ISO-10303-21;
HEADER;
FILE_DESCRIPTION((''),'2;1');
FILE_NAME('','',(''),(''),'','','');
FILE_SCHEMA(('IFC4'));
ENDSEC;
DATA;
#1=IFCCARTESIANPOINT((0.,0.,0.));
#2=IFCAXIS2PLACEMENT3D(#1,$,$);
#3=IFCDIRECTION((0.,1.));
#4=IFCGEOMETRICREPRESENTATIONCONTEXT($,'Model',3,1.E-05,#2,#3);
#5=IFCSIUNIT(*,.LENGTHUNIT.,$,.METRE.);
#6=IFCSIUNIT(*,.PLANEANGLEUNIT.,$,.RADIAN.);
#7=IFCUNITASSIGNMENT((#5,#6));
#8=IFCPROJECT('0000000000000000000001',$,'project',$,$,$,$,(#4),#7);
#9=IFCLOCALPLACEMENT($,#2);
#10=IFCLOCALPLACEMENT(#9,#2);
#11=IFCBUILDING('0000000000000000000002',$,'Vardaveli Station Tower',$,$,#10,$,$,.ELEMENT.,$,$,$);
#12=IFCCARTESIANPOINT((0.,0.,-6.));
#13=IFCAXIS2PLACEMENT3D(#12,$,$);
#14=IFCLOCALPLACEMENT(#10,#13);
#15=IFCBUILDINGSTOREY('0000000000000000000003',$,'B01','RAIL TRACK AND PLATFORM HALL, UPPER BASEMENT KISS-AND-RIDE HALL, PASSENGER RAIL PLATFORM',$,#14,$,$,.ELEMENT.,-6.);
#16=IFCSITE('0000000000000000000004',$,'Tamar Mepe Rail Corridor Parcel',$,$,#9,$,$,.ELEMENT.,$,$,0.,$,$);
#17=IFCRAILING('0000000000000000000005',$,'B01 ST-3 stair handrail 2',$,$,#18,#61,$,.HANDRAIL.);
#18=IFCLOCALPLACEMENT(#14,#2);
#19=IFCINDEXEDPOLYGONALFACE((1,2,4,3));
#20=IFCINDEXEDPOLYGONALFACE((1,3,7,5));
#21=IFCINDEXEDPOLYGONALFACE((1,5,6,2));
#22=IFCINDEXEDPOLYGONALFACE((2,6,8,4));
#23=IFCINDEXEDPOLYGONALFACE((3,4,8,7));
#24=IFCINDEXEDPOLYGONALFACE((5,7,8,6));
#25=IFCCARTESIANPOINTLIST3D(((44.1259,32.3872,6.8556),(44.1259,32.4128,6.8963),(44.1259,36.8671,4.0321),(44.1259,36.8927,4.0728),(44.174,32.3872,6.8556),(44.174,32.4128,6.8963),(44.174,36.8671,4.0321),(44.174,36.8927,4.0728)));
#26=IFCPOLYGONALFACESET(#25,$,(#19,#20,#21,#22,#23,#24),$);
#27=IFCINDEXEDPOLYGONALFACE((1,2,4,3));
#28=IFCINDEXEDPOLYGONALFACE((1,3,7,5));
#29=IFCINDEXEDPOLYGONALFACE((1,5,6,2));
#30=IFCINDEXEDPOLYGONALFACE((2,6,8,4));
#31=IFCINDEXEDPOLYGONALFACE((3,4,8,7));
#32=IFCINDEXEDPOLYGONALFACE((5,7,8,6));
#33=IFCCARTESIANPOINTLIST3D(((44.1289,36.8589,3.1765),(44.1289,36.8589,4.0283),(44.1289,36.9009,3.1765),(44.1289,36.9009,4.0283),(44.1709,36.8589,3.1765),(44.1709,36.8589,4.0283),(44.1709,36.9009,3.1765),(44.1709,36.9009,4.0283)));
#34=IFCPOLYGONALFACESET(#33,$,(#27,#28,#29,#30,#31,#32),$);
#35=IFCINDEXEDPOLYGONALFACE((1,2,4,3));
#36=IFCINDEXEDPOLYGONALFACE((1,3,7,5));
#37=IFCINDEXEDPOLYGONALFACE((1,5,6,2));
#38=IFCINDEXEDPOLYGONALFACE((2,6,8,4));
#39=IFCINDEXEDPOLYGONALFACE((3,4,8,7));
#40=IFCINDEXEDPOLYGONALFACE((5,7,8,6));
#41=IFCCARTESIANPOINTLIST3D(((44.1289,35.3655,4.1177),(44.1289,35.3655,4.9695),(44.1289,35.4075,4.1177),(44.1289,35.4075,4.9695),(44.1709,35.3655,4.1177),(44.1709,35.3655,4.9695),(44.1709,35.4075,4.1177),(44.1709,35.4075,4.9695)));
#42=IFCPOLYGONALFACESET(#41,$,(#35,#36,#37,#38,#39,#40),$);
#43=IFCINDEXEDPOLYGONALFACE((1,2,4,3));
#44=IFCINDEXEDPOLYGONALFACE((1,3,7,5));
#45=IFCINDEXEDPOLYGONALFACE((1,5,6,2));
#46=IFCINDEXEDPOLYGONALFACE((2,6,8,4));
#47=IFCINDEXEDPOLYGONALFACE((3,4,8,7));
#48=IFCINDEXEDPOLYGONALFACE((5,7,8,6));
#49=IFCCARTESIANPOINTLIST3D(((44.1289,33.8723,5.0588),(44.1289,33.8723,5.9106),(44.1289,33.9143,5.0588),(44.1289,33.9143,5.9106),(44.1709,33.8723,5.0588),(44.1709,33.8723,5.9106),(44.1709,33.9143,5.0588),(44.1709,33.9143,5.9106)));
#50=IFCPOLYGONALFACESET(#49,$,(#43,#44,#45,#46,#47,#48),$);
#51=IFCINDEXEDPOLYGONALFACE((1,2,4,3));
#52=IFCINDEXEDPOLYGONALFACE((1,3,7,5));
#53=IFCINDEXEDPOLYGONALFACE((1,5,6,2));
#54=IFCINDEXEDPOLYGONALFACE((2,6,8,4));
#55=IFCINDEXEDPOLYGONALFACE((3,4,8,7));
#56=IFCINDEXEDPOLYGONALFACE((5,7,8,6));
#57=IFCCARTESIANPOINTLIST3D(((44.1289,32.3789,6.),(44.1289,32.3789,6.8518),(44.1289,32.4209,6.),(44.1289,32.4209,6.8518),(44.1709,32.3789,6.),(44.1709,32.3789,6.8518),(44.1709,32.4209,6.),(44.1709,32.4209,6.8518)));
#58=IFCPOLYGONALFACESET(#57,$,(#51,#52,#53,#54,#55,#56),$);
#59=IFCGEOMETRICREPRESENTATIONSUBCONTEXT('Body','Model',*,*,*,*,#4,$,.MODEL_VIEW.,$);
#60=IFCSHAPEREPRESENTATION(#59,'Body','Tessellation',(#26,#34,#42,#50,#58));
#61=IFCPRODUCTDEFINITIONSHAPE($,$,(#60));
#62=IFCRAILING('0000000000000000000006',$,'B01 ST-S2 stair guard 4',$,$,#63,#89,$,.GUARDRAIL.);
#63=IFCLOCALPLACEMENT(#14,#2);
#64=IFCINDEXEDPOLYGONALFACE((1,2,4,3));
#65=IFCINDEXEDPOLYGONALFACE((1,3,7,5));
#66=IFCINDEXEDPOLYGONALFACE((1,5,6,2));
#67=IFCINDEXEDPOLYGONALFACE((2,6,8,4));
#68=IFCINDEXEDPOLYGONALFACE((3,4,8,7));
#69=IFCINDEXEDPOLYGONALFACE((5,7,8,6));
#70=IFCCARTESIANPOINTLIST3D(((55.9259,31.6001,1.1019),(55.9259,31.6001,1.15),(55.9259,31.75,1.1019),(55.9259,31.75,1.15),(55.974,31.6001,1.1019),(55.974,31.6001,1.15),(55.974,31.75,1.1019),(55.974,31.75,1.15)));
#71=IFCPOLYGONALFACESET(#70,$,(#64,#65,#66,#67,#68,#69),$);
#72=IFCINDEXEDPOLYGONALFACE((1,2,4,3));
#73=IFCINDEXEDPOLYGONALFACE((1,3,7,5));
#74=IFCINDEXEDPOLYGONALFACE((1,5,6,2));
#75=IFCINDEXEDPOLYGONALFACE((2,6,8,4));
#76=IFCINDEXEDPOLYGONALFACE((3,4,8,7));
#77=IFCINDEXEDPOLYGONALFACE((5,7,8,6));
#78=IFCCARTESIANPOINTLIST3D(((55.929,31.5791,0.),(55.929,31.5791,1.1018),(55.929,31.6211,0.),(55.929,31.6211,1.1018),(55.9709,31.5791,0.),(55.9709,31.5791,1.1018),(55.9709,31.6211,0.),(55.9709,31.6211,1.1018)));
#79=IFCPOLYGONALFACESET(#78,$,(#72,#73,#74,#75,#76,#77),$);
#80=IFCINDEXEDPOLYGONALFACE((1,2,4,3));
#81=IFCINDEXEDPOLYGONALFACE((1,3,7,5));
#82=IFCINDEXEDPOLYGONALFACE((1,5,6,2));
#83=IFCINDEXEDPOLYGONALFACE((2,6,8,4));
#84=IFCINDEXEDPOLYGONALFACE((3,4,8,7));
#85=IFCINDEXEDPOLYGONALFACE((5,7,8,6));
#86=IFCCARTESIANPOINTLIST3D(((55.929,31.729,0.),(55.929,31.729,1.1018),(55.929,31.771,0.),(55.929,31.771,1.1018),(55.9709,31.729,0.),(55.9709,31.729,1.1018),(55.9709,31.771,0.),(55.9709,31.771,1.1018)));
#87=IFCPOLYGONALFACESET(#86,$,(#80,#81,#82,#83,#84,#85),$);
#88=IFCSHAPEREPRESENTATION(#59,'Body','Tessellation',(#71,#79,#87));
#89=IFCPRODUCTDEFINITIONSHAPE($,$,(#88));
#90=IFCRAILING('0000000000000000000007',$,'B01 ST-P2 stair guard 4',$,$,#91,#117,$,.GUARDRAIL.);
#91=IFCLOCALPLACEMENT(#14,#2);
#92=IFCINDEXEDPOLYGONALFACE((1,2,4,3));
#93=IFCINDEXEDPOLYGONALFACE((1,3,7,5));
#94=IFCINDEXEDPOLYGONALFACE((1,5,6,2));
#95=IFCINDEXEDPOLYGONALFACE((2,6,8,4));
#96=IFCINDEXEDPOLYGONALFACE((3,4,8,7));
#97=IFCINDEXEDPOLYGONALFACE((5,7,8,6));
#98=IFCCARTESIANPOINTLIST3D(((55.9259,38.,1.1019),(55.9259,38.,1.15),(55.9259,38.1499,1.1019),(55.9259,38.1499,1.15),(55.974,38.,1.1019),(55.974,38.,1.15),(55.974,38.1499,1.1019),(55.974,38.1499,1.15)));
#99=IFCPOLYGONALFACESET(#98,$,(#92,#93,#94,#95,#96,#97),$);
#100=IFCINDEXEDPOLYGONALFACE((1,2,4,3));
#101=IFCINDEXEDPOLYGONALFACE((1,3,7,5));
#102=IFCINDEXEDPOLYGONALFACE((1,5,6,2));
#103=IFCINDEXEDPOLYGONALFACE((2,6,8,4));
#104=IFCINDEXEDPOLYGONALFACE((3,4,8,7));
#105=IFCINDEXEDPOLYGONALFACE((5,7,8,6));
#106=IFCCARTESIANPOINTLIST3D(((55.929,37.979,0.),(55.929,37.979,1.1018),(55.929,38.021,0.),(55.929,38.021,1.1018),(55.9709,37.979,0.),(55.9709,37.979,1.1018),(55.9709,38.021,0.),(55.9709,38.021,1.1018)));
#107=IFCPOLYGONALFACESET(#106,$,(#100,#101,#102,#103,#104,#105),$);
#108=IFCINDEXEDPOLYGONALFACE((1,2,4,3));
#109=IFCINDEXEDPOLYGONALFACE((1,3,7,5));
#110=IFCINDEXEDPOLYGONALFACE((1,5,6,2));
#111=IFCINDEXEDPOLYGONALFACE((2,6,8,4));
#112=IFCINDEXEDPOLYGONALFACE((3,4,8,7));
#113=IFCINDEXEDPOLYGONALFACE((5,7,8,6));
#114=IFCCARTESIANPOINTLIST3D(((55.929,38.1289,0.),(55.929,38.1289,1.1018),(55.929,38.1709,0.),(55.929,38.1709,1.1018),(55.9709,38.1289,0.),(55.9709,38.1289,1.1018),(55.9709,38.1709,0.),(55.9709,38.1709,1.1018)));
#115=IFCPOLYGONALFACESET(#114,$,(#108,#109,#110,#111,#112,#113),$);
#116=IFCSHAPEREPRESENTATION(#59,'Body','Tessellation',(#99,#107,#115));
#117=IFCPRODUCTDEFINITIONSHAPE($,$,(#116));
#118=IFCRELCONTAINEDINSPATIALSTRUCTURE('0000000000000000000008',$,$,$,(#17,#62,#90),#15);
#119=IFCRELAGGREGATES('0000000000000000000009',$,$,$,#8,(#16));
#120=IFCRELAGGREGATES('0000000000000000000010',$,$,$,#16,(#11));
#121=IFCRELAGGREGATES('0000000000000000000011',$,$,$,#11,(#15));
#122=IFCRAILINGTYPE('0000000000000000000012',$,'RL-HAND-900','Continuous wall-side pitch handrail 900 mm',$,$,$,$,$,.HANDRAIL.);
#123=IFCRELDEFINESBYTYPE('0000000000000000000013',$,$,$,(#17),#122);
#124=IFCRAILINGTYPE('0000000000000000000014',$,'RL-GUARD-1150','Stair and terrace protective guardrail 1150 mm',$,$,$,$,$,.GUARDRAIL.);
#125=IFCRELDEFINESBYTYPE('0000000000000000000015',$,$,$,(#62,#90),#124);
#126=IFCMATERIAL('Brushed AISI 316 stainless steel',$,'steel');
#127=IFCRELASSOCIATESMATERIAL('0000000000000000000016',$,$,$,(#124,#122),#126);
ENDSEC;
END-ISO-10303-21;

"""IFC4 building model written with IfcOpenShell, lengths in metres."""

from ifc_helpers import new_model, si_unit, direction, frame, origin, origin_2d, place, context, subcontext, project, spatial, rectangle, extrude, source, transform, mapped, material, type_object, element, save


model = new_model("IFC4")

# Units and contexts
model_context = context("Model", 3, precision=1e-05, world=origin(), true_north=direction((0.0, 1.0)))
body_context = subcontext(model_context, "Body", "Model", "MODEL_VIEW")
ifc_project = project(units=[si_unit("LENGTHUNIT", "METRE"), si_unit("PLANEANGLEUNIT", "RADIAN")], contexts=[model_context])

# Site, building, storey
site_placement = place(None, origin())
site = spatial("IfcSite", under=ifc_project, at=site_placement, Name="Tamar Mepe Rail Corridor Parcel", CompositionType="ELEMENT", RefElevation=0.0)
building_placement = place(site_placement, origin())
building = spatial("IfcBuilding", under=site, at=building_placement, Name="Vardaveli Station Tower", CompositionType="ELEMENT")
storey_placement = place(building_placement, frame((0.0, 0.0, -6.0)))
storey = spatial("IfcBuildingStorey", under=building, at=storey_placement, Name="B01", Description="RAIL TRACK AND PLATFORM HALL, UPPER BASEMENT KISS-AND-RIDE HALL, PASSENGER RAIL PLATFORM", CompositionType="ELEMENT", Elevation=-6.0)

# Railings
ifc_material_1 = material(Name="Brushed AISI 316 stainless steel", Category="steel")
railing_type_1 = type_object("IfcRailingType", Name="RL-GUARD-1150", Description="Stair and terrace protective guardrail 1150 mm", PredefinedType="GUARDRAIL", material=ifc_material_1)
railing_type_2 = type_object("IfcRailingType", Name="RL-HAND-900", Description="Continuous wall-side pitch handrail 900 mm", PredefinedType="HANDRAIL", material=ifc_material_1)
shared_shape_1 = source(origin(), body_context, "Body", "SweptSolid", [
    extrude(rectangle(XDim=0.0481, YDim=0.0481, at=origin_2d()), frame((0.0, 0.0, 0.876), z_axis=(0.0, -0.845998, 0.533186), x_axis=(1.0, 0.0, 0.0)), (0.0, 0.0, 1.0), 5.2954),
    extrude(rectangle(XDim=0.042, YDim=0.042, at=origin_2d()), origin(), (0.0, 0.0, 1.0), 0.8518),
    extrude(rectangle(XDim=0.042, YDim=0.042, at=origin_2d()), frame((0.0, -1.4934, 0.9412)), (0.0, 0.0, 1.0), 0.8518),
    extrude(rectangle(XDim=0.042, YDim=0.042, at=origin_2d()), frame((0.0, -2.9866, 1.8823)), (0.0, 0.0, 1.0), 0.8518),
    extrude(rectangle(XDim=0.042, YDim=0.042, at=origin_2d()), frame((0.0, -4.48, 2.8235)), (0.0, 0.0, 1.0), 0.8518),
])
railing_1_placement = place(storey_placement, frame((44.1499, 36.8799, 3.1765)))
element("IfcRailing", 1, at=railing_1_placement, inside=storey, type_object=railing_type_2, Name="B01 ST-3 stair handrail 2", PredefinedType="HANDRAIL", context=body_context, shape_type="MappedRepresentation", body=[
    mapped(shared_shape_1, transform((0.0, 0.0, 0.0), scale=1.0)),
])
shared_shape_2 = source(origin(), body_context, "Body", "SweptSolid", [
    extrude(rectangle(XDim=0.0481, YDim=0.0481, at=origin_2d()), frame((0.0, 0.0, 1.126), z_axis=(0.0, 1.0, 0.0), x_axis=(-1.0, 0.0, 0.0)), (0.0, 0.0, 1.0), 0.1499),
    extrude(rectangle(XDim=0.042, YDim=0.042, at=origin_2d()), origin(), (0.0, 0.0, 1.0), 1.1018),
    extrude(rectangle(XDim=0.042, YDim=0.042, at=origin_2d()), frame((0.0, 0.1499, 0.0)), (0.0, 0.0, 1.0), 1.1018),
])
for number, where, name in (
    (2, (55.95, 31.6001, 0.0), "B01 ST-S2 stair guard 4"),
    (3, (55.95, 38.0, 0.0), "B01 ST-P2 stair guard 4"),
):
    element("IfcRailing", number, at=place(storey_placement, frame(where)), inside=storey, type_object=railing_type_1, Name=name, PredefinedType="GUARDRAIL", context=body_context, shape_type="MappedRepresentation", body=[
        mapped(shared_shape_2, transform((0.0, 0.0, 0.0), scale=1.0)),
    ])

save(model, "model.ifc")
